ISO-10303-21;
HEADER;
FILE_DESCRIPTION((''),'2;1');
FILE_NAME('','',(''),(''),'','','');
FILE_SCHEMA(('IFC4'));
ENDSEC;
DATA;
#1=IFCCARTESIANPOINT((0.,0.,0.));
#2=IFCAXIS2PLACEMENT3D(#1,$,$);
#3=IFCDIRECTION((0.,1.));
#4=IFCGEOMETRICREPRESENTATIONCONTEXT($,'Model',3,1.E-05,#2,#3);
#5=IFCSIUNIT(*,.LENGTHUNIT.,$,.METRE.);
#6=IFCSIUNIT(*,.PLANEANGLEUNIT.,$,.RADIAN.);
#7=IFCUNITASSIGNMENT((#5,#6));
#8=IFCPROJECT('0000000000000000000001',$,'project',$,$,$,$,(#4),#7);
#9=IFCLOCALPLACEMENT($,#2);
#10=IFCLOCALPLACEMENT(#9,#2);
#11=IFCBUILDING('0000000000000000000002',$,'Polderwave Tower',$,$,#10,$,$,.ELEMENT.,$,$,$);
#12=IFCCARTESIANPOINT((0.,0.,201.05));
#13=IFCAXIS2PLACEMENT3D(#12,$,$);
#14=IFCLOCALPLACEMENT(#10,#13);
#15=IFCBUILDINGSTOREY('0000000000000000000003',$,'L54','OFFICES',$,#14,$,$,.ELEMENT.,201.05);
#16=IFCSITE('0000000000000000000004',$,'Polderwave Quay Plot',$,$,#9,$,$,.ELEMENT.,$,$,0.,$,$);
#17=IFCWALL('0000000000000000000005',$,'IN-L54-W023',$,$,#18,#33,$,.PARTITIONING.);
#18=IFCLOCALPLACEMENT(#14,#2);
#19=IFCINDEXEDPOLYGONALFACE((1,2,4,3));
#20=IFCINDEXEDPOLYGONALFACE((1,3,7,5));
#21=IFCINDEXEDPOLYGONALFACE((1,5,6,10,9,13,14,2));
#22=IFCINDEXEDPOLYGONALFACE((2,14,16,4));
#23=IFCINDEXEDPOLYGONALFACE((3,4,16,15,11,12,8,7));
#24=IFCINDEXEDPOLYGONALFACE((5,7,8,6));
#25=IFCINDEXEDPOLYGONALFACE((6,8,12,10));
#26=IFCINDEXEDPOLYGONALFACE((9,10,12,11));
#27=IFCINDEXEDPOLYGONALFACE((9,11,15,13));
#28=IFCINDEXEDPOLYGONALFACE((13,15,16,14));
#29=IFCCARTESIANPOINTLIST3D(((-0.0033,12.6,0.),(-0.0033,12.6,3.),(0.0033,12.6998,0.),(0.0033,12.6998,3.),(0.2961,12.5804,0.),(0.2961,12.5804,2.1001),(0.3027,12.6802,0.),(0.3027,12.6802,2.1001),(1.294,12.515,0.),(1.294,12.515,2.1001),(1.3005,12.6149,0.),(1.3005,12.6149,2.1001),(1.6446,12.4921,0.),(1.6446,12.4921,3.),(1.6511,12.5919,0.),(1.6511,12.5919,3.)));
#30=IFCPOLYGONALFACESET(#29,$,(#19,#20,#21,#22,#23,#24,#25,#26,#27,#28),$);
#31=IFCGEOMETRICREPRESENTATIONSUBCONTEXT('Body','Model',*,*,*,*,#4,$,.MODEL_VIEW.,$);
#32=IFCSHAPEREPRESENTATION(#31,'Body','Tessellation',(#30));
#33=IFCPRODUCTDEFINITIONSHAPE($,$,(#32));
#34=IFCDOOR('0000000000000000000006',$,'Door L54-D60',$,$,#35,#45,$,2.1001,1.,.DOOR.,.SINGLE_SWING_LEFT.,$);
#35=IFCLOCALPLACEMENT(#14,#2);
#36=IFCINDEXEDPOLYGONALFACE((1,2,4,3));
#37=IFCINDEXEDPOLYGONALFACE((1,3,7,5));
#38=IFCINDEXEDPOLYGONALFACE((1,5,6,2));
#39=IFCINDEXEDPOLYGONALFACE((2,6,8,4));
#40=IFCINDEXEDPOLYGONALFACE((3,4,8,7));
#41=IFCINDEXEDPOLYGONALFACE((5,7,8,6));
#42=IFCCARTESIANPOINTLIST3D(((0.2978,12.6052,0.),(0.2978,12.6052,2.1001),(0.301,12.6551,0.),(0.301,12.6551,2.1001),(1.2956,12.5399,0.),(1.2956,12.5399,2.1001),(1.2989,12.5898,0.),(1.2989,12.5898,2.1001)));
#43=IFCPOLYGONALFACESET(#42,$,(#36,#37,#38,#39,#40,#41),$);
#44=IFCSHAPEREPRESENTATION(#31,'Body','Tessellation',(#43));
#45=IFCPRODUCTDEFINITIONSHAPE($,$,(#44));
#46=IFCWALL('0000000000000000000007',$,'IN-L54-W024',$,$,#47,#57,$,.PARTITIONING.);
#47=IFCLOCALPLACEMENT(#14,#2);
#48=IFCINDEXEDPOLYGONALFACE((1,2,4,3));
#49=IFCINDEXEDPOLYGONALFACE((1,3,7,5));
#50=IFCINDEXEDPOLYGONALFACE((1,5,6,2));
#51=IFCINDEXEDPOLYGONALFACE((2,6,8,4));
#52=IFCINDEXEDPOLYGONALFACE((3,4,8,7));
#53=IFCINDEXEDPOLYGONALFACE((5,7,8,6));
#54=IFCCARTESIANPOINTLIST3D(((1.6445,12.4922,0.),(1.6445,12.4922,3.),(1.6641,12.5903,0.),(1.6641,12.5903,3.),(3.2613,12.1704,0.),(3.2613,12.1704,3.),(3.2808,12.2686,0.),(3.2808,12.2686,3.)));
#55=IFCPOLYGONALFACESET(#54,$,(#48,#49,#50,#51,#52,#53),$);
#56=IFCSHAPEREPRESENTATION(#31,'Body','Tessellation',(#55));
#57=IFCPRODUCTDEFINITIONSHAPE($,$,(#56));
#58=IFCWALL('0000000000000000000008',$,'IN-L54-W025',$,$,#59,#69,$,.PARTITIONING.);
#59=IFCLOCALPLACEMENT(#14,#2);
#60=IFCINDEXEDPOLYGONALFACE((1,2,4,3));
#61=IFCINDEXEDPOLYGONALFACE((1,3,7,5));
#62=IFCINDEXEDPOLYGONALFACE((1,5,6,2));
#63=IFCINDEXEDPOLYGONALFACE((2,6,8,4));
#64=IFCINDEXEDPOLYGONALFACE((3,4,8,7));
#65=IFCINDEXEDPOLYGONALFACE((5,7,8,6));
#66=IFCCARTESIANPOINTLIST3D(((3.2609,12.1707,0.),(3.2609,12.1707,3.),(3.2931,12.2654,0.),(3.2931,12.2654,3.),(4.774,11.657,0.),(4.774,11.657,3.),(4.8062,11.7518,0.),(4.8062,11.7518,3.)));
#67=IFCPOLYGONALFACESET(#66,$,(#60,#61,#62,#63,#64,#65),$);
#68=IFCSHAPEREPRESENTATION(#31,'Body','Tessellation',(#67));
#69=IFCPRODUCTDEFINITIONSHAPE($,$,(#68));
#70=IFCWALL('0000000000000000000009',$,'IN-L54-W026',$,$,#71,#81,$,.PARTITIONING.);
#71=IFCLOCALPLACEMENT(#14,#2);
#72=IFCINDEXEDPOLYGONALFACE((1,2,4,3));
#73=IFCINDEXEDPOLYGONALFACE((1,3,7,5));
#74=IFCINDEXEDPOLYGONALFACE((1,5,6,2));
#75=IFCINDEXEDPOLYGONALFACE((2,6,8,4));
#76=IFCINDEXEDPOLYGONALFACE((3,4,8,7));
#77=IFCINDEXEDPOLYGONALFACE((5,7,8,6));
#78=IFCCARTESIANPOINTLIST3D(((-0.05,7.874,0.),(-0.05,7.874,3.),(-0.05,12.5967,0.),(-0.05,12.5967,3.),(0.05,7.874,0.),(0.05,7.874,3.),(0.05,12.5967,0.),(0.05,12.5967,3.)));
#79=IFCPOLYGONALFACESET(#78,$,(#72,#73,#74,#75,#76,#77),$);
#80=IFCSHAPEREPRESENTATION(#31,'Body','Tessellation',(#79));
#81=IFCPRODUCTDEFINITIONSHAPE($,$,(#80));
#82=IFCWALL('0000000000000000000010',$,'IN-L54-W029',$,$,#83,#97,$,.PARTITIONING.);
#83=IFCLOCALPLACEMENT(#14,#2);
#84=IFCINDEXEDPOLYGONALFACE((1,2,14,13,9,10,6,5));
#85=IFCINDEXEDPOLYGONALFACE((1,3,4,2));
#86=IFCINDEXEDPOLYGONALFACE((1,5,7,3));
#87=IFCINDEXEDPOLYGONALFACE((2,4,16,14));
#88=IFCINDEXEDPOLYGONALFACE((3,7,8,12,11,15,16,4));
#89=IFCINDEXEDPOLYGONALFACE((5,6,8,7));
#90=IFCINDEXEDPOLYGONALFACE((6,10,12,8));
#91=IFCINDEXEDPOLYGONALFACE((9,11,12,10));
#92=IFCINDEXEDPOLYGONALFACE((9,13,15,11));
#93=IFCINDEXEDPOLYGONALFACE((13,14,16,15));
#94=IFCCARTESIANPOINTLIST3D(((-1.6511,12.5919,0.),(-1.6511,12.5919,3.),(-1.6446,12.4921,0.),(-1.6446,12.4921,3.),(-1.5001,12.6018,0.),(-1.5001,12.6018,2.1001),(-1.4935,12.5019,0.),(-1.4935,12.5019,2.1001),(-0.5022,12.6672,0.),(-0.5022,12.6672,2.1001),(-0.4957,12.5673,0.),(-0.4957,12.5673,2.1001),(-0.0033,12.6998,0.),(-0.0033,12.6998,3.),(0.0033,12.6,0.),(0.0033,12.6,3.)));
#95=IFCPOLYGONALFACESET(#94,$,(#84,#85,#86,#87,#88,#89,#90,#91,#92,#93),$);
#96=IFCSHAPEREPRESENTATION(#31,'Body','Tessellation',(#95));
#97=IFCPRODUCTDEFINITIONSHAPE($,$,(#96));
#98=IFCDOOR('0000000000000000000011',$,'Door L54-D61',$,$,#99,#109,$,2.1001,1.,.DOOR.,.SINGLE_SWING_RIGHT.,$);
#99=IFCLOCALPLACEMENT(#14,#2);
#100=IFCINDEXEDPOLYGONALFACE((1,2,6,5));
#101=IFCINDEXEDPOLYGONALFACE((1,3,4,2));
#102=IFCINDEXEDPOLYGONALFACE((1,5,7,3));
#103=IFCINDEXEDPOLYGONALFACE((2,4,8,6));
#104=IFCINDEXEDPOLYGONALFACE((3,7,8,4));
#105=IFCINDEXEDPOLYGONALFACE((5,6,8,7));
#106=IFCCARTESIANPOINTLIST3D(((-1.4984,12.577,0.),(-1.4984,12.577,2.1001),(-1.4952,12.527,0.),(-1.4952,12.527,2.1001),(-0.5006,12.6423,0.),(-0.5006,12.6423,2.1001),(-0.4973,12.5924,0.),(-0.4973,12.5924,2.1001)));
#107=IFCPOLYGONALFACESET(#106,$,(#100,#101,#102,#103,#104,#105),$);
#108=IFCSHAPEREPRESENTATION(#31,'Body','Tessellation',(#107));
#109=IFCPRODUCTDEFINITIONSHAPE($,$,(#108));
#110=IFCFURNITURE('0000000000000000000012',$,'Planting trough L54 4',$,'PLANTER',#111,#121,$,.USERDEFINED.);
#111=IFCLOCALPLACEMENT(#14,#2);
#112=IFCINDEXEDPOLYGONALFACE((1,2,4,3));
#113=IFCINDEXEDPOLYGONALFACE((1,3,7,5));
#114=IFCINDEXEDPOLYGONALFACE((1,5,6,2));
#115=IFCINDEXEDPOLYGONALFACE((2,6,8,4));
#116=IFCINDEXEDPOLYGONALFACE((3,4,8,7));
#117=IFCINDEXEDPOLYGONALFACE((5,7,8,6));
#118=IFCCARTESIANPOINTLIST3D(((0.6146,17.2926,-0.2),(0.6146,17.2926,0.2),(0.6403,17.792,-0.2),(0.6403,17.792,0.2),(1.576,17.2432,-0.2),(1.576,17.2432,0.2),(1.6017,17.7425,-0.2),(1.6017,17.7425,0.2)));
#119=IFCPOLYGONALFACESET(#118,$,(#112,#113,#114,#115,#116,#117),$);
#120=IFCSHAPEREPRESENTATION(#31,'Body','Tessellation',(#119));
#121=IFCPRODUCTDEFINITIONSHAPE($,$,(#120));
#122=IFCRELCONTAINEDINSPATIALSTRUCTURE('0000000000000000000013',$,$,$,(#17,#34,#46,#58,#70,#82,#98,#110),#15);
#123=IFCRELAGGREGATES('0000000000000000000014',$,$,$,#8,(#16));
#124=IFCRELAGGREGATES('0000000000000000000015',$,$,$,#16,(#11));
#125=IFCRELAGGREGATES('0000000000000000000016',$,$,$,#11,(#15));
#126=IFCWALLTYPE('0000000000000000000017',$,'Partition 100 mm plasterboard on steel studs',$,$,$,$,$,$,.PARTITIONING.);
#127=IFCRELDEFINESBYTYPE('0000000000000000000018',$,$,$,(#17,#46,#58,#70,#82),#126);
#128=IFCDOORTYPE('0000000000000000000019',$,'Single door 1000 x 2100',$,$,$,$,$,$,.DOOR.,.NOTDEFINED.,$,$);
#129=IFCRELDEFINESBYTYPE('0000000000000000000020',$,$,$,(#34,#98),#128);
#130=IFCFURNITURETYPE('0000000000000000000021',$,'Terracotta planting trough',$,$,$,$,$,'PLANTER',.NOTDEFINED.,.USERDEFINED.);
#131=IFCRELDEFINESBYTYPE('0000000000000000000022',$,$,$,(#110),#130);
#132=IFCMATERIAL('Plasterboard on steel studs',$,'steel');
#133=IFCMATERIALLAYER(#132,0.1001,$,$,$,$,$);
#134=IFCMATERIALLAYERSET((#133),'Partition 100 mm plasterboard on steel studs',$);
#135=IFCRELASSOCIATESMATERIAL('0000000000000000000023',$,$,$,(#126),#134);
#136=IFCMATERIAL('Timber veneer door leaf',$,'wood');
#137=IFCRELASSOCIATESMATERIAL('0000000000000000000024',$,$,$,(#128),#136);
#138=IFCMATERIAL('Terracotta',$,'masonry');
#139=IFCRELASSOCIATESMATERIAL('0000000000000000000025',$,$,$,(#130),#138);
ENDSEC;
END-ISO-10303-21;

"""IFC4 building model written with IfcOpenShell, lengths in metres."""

from ifc_helpers import new_model, si_unit, direction, frame, frame_2d, origin, origin_2d, place, context, subcontext, project, spatial, rectangle, extrude, material, layer, layer_set, type_object, element, fill, save


model = new_model("IFC4")

# Units and contexts
model_context = context("Model", 3, precision=1e-05, world=origin(), true_north=direction((0.0, 1.0)))
body_context = subcontext(model_context, "Body", "Model", "MODEL_VIEW")
ifc_project = project(units=[si_unit("LENGTHUNIT", "METRE"), si_unit("PLANEANGLEUNIT", "RADIAN")], contexts=[model_context])

# Site, building, storey
site_placement = place(None, origin())
site = spatial("IfcSite", under=ifc_project, at=site_placement, Name="Polderwave Quay Plot", CompositionType="ELEMENT", RefElevation=0.0)
building_placement = place(site_placement, origin())
building = spatial("IfcBuilding", under=site, at=building_placement, Name="Polderwave Tower", CompositionType="ELEMENT")
storey_placement = place(building_placement, frame((0.0, 0.0, 201.05)))
storey = spatial("IfcBuildingStorey", under=building, at=storey_placement, Name="L54", Description="OFFICES", CompositionType="ELEMENT", Elevation=201.05)

# Shared definitions
ifc_material_1 = material(Name="Plasterboard on steel studs", Category="steel")
ifc_layer_1 = layer(ifc_material_1, 0.1001)
ifc_layer_set_1 = layer_set([ifc_layer_1], Name="Partition 100 mm plasterboard on steel studs")
wall_type_1 = type_object("IfcWallType", Name="Partition 100 mm plasterboard on steel studs", PredefinedType="PARTITIONING", material=ifc_layer_set_1)
ifc_material_2 = material(Name="Timber veneer door leaf", Category="wood")
door_type = type_object("IfcDoorType", Name="Single door 1000 x 2100", OperationType="NOTDEFINED", PredefinedType="DOOR", material=ifc_material_2)

# Wall, opening, door
wall_1_placement = place(storey_placement, frame((0.0, 12.6499, 0.0), z_axis=(0.0, 0.0, 1.0), x_axis=(0.997863, -0.065342, 0.0)))
wall_1 = element("IfcWall", 1, at=wall_1_placement, inside=storey, type_object=wall_type_1, Name="IN-L54-W023", PredefinedType="PARTITIONING", context=body_context, shape_type="SweptSolid", body=[
    extrude(rectangle(XDim=1.6514, YDim=0.1001, at=frame_2d((0.8257, 0.0))), origin(), (0.0, 0.0, 1.0), 3.0),
])
opening_1_placement = place(wall_1_placement, frame((0.3, 0.0, 0.0)))
opening_1 = element("IfcOpeningElement", 2, at=opening_1_placement, cuts=wall_1, PredefinedType="OPENING", context=body_context, shape_type="SweptSolid", body=[
    extrude(rectangle(XDim=1.0, YDim=2.1001, at=frame_2d((0.5, 1.05))), frame((0.0, 0.0601, 0.0), z_axis=(0.0, -1.0, 0.0), x_axis=(1.0, 0.0, 0.0)), (0.0, 0.0, 1.0), 0.1201),
])
door_1_placement = place(opening_1_placement, origin())
door_1 = element("IfcDoor", 3, at=door_1_placement, inside=storey, type_object=door_type, Name="Door L54-D60", OperationType="SINGLE_SWING_LEFT", OverallHeight=2.1001, OverallWidth=1.0, PredefinedType="DOOR", context=body_context, shape_type="SweptSolid", body=[
    extrude(rectangle(XDim=1.0, YDim=2.1001, at=frame_2d((0.5, 1.05))), frame((0.0, 0.0249, 0.0), z_axis=(0.0, -1.0, 0.0), x_axis=(1.0, 0.0, 0.0)), (0.0, 0.0, 1.0), 0.05),
])
fill(opening_1, door_1)

# Walls
wall_2_placement = place(storey_placement, frame((1.6543, 12.5413, 0.0), z_axis=(0.0, 0.0, 1.0), x_axis=(0.980763, -0.195205, 0.0)))
element("IfcWall", 4, at=wall_2_placement, inside=storey, type_object=wall_type_1, Name="IN-L54-W024", PredefinedType="PARTITIONING", context=body_context, shape_type="SweptSolid", body=[
    extrude(rectangle(XDim=1.6484, YDim=0.1001, at=frame_2d((0.8242, 0.0))), origin(), (0.0, 0.0, 1.0), 3.0),
])
wall_3_placement = place(storey_placement, frame((3.2771, 12.218, 0.0), z_axis=(0.0, 0.0, 1.0), x_axis=(0.946927, -0.321448, 0.0)))
element("IfcWall", 5, at=wall_3_placement, inside=storey, type_object=wall_type_1, Name="IN-L54-W025", PredefinedType="PARTITIONING", context=body_context, shape_type="SweptSolid", body=[
    extrude(rectangle(XDim=1.5979, YDim=0.1001, at=frame_2d((0.7988, 0.0))), origin(), (0.0, 0.0, 1.0), 3.0),
])
wall_4_placement = place(storey_placement, frame((0.0, 7.874, 0.0), z_axis=(0.0, 0.0, 1.0), x_axis=(0.0, 1.0, 0.0)))
element("IfcWall", 6, at=wall_4_placement, inside=storey, type_object=wall_type_1, Name="IN-L54-W026", PredefinedType="PARTITIONING", context=body_context, shape_type="SweptSolid", body=[
    extrude(rectangle(XDim=4.7227, YDim=0.1001, at=frame_2d((2.3613, 0.0))), origin(), (0.0, 0.0, 1.0), 3.0),
])

# Wall, opening, door
wall_5_placement = place(storey_placement, frame((0.0, 12.6499, 0.0), z_axis=(0.0, 0.0, 1.0), x_axis=(-0.997863, -0.065342, 0.0)))
wall_5 = element("IfcWall", 7, at=wall_5_placement, inside=storey, type_object=wall_type_1, Name="IN-L54-W029", PredefinedType="PARTITIONING", context=body_context, shape_type="SweptSolid", body=[
    extrude(rectangle(XDim=1.6514, YDim=0.1001, at=frame_2d((0.8257, 0.0))), origin(), (0.0, 0.0, 1.0), 3.0),
])
opening_2_placement = place(wall_5_placement, frame((0.5, 0.0, 0.0)))
opening_2 = element("IfcOpeningElement", 8, at=opening_2_placement, cuts=wall_5, PredefinedType="OPENING", context=body_context, shape_type="SweptSolid", body=[
    extrude(rectangle(XDim=1.0, YDim=2.1001, at=frame_2d((0.5, 1.05))), frame((0.0, 0.0601, 0.0), z_axis=(0.0, -1.0, 0.0), x_axis=(1.0, 0.0, 0.0)), (0.0, 0.0, 1.0), 0.1201),
])
door_2_placement = place(opening_2_placement, origin())
door_2 = element("IfcDoor", 9, at=door_2_placement, inside=storey, type_object=door_type, Name="Door L54-D61", OperationType="SINGLE_SWING_RIGHT", OverallHeight=2.1001, OverallWidth=1.0, PredefinedType="DOOR", context=body_context, shape_type="SweptSolid", body=[
    extrude(rectangle(XDim=1.0, YDim=2.1001, at=frame_2d((0.5, 1.05))), frame((0.0, 0.0249, 0.0), z_axis=(0.0, -1.0, 0.0), x_axis=(1.0, 0.0, 0.0)), (0.0, 0.0, 1.0), 0.05),
])
fill(opening_2, door_2)

# Furniture
ifc_material_3 = material(Name="Terracotta", Category="masonry")
furniture_type = type_object("IfcFurnitureType", Name="Terracotta planting trough", ElementType="PLANTER", AssemblyPlace="NOTDEFINED", PredefinedType="USERDEFINED", material=ifc_material_3)
furniture_placement = place(storey_placement, frame((1.1082, 17.5176, -0.2), z_axis=(0.0, 0.0, 1.0), x_axis=(-0.998681, 0.051349, 0.0)))
element("IfcFurniture", 10, at=furniture_placement, inside=storey, type_object=furniture_type, Name="Planting trough L54 4", ObjectType="PLANTER", PredefinedType="USERDEFINED", context=body_context, shape_type="SweptSolid", body=[
    extrude(rectangle(XDim=0.9626, YDim=0.5, at=origin_2d()), origin(), (0.0, 0.0, 1.0), 0.3999),
])

save(model, "model.ifc")
